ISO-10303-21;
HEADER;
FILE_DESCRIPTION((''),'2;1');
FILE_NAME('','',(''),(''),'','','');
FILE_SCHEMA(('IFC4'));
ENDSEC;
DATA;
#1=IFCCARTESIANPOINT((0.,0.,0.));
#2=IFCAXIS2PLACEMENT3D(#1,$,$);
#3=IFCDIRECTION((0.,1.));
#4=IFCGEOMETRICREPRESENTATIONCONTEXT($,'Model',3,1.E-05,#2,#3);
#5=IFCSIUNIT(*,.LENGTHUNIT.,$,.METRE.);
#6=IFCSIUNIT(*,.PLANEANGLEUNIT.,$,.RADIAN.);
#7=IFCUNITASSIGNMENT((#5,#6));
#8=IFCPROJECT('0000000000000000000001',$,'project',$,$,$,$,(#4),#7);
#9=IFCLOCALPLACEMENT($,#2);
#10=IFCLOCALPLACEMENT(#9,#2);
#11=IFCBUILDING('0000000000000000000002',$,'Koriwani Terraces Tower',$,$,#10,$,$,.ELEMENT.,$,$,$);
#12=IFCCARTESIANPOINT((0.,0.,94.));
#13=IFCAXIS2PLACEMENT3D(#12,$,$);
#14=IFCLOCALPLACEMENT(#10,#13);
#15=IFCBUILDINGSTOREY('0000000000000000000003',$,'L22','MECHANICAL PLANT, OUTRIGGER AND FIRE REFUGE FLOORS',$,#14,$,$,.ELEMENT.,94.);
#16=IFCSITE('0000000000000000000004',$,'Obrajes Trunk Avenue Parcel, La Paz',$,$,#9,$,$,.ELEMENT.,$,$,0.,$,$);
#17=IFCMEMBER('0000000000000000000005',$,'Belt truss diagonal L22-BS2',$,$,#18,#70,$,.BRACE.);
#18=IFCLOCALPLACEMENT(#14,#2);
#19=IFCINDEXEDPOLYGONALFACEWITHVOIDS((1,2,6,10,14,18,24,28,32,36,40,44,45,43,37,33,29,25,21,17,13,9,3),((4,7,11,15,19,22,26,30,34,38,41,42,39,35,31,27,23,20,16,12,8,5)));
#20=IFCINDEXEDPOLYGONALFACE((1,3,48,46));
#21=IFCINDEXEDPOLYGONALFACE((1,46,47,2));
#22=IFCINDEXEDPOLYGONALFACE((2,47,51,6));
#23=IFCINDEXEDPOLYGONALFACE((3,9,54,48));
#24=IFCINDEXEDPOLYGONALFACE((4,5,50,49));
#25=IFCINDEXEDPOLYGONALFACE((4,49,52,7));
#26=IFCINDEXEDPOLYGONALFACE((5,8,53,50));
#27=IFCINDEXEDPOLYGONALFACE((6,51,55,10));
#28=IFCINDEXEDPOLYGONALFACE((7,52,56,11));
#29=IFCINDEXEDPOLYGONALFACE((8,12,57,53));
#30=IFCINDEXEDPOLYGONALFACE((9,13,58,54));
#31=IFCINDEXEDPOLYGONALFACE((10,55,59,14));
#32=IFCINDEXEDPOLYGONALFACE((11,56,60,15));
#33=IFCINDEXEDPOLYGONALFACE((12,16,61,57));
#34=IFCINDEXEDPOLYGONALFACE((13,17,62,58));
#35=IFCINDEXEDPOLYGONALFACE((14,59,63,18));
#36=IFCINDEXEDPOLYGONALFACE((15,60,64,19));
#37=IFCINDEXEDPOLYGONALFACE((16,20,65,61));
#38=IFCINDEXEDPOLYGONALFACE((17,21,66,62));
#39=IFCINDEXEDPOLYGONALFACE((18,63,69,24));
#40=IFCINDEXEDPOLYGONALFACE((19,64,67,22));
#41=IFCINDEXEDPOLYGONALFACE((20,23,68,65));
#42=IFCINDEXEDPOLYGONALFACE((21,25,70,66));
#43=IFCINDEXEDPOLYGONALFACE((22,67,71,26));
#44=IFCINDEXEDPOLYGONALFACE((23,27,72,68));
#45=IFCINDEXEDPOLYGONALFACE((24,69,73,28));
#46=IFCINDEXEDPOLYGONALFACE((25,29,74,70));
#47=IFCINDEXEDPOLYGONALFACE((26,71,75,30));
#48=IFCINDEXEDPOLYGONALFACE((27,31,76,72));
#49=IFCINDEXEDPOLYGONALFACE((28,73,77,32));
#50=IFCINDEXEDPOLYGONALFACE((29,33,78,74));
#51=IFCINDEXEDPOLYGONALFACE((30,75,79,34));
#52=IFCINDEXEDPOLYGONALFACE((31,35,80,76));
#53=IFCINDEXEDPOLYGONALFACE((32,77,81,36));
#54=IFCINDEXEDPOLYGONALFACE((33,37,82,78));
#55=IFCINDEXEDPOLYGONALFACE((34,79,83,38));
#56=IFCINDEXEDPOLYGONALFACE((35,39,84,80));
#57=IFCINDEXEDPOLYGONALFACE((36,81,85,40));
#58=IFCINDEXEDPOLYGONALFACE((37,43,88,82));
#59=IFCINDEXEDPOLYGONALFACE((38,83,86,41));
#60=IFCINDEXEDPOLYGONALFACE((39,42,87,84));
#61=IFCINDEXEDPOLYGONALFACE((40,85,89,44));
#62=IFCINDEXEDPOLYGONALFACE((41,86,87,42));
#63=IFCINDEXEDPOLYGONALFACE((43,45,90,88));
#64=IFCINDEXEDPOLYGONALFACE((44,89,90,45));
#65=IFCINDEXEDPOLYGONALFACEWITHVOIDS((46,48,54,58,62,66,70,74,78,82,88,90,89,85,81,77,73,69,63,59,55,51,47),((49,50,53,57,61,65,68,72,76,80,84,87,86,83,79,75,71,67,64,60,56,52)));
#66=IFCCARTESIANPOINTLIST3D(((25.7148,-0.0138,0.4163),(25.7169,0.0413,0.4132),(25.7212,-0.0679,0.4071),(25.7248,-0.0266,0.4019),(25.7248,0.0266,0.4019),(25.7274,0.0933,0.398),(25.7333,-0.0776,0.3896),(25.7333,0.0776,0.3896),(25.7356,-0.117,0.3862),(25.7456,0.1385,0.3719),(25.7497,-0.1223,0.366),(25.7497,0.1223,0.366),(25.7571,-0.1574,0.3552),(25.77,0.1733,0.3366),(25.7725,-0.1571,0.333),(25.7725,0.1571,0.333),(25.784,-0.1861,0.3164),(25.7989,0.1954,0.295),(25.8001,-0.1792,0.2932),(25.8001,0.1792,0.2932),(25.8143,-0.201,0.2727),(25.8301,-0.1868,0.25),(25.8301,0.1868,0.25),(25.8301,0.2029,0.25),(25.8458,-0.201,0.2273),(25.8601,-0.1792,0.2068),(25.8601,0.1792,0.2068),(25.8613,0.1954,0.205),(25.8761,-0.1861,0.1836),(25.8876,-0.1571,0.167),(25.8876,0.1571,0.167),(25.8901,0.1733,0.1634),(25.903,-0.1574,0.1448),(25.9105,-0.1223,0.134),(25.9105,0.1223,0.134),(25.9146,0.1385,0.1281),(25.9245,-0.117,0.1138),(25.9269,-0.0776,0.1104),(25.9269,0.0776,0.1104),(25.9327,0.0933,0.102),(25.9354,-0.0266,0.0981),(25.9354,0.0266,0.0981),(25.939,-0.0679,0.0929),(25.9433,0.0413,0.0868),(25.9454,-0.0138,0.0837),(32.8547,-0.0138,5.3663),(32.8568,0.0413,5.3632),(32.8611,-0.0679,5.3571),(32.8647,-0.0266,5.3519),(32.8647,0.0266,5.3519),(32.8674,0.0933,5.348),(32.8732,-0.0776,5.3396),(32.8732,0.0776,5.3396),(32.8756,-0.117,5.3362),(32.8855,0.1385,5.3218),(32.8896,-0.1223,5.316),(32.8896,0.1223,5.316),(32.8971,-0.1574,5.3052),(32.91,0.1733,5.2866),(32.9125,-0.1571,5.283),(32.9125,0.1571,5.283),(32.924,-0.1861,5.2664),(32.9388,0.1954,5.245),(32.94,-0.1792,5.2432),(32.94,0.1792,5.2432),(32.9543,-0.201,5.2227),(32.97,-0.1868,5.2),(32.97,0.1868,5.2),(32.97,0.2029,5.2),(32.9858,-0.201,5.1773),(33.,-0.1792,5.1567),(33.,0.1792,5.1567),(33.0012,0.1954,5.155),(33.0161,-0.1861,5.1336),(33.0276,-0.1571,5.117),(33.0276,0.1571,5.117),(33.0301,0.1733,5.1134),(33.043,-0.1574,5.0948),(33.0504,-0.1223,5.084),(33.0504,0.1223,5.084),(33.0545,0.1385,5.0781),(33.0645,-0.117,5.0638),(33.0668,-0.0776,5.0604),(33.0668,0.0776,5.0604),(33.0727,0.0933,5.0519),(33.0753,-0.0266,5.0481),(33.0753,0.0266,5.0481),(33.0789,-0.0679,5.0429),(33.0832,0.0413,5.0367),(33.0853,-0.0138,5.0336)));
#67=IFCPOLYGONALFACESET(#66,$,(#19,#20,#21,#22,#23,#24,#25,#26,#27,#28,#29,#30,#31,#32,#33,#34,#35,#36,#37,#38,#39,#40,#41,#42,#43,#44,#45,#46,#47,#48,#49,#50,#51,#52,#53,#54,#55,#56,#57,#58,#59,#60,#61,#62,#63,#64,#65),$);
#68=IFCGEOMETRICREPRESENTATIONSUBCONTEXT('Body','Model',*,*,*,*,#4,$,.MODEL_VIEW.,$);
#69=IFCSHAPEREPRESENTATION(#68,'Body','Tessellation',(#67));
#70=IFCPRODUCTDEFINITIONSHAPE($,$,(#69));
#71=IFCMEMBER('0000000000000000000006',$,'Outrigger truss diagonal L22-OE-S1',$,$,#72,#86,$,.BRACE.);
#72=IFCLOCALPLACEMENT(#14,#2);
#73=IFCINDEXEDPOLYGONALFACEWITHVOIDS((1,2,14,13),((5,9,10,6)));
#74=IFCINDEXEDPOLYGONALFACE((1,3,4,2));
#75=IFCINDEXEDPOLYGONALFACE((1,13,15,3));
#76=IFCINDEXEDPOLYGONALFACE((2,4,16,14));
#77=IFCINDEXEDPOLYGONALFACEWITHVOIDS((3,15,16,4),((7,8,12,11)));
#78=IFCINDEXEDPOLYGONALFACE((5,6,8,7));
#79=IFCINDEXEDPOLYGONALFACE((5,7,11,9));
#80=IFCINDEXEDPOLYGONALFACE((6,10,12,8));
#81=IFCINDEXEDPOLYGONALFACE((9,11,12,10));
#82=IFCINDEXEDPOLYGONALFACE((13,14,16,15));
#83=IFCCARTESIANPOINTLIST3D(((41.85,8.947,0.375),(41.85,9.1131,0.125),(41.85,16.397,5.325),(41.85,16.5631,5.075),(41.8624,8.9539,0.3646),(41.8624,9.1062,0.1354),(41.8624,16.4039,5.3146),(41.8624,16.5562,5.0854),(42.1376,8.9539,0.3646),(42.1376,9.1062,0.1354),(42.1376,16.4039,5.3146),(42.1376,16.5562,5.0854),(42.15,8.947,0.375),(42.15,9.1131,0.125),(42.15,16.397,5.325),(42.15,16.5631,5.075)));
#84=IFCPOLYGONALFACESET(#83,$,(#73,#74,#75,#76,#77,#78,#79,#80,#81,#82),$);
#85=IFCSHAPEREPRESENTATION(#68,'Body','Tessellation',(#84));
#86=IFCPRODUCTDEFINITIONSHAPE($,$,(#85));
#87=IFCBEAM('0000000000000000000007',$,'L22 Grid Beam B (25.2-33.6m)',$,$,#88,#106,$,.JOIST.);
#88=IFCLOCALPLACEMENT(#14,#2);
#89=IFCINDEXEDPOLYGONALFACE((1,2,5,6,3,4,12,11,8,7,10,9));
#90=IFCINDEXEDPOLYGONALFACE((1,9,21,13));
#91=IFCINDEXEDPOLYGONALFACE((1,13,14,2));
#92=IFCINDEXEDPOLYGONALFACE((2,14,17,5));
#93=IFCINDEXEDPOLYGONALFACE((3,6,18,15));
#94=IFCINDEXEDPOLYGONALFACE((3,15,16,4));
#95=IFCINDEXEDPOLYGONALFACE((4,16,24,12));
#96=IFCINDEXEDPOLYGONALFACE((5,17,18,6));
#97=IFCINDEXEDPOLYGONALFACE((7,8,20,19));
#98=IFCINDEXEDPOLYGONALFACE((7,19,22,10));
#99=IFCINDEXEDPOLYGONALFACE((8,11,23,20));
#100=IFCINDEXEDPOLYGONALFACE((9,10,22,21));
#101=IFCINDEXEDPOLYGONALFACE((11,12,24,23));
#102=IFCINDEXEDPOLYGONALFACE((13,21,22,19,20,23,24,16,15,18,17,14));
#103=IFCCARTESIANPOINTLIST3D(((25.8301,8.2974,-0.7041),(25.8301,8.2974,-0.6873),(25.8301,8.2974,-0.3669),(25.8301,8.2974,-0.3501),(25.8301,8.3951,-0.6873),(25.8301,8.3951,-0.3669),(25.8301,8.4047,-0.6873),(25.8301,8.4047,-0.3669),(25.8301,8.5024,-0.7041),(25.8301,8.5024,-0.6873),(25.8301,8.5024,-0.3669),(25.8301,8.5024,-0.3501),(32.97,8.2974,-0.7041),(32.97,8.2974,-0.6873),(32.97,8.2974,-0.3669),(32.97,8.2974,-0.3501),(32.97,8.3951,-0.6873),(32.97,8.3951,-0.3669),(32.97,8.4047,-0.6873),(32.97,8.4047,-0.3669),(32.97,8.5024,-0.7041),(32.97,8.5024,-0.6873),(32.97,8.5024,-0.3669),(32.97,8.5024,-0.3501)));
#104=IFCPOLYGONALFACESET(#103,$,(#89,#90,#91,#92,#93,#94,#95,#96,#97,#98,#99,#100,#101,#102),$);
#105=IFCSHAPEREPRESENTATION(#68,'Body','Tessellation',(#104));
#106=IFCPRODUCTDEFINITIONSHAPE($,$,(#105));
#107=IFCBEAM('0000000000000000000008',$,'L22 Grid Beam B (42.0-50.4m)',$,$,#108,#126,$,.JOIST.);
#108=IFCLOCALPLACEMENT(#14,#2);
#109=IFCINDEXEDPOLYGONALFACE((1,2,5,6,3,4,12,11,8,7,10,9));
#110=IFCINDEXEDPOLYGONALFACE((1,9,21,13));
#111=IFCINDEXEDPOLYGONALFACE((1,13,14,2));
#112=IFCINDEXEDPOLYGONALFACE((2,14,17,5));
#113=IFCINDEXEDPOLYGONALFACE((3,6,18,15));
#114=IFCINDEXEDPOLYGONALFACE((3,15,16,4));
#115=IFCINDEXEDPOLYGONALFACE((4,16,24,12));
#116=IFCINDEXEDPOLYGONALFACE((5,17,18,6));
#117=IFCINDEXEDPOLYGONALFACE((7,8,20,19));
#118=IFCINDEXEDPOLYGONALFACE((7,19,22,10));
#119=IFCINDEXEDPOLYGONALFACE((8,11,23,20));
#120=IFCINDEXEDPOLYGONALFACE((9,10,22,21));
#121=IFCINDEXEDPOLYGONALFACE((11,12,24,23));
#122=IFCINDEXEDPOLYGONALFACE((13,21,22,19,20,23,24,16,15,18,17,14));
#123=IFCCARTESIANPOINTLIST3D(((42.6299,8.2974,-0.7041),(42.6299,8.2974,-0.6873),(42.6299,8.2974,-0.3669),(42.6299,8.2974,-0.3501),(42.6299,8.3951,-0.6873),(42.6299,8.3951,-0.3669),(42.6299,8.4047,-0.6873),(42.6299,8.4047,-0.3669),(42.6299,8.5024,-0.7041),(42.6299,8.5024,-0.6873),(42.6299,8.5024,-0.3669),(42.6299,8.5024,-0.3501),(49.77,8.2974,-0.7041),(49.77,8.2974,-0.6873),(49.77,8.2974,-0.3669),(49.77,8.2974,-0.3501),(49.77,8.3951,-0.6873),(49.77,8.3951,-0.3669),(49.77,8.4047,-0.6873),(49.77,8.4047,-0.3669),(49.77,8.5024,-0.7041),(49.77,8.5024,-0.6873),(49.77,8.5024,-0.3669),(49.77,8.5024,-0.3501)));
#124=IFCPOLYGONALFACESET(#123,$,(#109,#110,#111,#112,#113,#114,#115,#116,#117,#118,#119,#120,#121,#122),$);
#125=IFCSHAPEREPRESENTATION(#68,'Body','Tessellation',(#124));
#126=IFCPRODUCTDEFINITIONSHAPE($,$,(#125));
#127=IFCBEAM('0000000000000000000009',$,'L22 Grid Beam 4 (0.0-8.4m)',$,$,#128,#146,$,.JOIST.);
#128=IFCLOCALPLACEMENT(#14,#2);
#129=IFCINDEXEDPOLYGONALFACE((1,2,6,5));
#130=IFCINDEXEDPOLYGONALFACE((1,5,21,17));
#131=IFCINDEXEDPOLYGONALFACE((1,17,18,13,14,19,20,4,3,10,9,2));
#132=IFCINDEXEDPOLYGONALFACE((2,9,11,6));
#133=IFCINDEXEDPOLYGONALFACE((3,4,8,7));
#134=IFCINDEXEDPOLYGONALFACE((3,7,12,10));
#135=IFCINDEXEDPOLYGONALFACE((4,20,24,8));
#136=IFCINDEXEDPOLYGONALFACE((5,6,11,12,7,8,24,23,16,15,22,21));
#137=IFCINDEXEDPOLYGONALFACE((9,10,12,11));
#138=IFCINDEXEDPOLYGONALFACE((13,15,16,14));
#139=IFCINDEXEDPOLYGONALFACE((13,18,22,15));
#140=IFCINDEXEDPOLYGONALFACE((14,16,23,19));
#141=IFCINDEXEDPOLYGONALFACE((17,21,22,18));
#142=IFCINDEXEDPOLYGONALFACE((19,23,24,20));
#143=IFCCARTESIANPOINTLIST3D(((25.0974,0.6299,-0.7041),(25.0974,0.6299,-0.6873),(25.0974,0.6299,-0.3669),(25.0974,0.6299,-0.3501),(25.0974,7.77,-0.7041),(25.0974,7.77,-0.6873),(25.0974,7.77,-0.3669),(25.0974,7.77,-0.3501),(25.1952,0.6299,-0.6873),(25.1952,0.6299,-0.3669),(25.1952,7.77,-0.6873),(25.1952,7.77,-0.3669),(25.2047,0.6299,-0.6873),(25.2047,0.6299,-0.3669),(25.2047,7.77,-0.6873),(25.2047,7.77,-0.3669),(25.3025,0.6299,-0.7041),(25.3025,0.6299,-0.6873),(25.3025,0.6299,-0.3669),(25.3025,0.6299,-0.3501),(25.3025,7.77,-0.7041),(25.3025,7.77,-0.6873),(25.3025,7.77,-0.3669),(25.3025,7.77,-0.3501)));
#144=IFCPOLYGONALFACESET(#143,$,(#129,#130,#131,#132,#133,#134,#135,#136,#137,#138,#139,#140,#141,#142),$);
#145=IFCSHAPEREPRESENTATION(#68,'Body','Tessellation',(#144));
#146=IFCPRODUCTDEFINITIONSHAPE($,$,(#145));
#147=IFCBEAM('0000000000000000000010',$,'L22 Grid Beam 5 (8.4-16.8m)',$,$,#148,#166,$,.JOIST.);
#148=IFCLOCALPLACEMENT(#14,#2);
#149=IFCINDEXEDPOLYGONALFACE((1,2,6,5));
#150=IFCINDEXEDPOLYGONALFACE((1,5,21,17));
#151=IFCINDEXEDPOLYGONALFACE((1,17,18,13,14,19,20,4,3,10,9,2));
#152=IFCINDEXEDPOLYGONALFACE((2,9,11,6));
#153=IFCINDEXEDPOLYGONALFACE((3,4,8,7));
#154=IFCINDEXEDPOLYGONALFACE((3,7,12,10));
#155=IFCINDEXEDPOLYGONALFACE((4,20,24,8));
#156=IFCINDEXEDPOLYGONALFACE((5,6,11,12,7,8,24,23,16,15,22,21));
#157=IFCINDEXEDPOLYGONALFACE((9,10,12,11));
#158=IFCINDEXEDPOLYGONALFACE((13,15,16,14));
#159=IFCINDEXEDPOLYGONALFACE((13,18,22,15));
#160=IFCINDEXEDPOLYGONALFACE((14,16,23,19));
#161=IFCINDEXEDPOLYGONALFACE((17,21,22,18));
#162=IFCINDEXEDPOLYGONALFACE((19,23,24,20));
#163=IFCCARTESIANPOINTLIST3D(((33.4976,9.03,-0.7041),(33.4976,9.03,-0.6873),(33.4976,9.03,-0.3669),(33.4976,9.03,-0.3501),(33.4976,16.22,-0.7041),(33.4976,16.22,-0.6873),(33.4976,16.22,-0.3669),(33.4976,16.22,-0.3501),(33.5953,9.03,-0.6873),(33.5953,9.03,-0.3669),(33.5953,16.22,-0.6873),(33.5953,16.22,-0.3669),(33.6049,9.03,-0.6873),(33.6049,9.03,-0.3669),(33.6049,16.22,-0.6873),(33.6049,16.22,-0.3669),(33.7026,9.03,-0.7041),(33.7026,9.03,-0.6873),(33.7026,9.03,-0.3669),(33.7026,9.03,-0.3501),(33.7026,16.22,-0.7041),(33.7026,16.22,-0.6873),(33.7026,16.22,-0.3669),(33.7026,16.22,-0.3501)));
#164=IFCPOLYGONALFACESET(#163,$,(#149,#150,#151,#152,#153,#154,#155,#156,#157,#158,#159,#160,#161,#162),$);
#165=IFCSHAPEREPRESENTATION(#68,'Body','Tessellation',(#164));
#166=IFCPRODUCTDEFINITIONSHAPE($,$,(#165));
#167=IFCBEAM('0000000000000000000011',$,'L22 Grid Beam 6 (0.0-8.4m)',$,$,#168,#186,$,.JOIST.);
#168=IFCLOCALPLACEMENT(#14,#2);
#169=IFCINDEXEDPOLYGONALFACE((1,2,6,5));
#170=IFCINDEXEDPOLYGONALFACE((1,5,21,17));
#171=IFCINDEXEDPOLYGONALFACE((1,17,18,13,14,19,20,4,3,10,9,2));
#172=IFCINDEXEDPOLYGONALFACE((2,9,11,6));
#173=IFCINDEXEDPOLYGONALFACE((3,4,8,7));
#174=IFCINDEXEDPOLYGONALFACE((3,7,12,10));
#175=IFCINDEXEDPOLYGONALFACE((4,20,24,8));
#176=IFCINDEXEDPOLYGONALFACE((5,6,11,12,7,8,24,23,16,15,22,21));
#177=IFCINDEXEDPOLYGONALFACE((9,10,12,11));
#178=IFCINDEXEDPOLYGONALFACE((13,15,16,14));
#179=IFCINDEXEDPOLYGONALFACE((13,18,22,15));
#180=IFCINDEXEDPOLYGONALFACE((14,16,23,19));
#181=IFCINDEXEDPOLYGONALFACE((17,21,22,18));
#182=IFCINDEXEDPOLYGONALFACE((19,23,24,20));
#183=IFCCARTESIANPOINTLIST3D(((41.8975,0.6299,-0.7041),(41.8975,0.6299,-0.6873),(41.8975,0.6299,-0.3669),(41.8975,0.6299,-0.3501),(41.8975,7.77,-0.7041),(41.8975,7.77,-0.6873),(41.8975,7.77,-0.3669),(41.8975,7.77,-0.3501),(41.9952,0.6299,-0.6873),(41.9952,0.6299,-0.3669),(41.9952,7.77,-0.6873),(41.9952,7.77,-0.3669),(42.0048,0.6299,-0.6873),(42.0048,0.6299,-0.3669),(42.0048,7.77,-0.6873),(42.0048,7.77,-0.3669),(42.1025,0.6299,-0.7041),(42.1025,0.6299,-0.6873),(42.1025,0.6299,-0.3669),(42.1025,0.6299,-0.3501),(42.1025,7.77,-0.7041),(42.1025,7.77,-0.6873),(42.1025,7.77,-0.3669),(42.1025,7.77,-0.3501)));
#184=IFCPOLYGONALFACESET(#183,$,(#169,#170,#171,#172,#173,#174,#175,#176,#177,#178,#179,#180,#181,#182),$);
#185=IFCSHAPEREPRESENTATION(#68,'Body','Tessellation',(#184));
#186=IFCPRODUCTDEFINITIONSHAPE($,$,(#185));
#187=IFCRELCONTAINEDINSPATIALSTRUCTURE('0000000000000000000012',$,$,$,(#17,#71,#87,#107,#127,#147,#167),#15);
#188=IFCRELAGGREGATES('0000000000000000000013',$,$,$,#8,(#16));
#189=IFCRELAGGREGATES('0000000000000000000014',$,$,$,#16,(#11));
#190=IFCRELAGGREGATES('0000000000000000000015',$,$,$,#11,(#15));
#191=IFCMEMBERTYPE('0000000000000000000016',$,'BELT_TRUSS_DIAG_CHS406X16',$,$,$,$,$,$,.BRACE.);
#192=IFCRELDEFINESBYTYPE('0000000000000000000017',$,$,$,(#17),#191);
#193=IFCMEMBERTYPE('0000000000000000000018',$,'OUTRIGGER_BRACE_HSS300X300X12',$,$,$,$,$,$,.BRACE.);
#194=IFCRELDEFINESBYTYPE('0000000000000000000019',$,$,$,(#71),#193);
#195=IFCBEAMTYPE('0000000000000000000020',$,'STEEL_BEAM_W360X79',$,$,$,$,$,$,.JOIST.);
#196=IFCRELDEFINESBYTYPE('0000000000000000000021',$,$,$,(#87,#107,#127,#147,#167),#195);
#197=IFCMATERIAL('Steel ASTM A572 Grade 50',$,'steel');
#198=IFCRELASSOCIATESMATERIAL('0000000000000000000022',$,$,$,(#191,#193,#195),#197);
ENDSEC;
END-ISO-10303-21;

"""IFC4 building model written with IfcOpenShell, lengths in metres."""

from ifc_helpers import new_model, si_unit, direction, frame, origin, origin_2d, place, context, subcontext, project, spatial, hollow_rectangle, hollow_circle, i_section, extrude, material, material_profile, profile_set, type_object, element, save


model = new_model("IFC4")

# Units and contexts
model_context = context("Model", 3, precision=1e-05, world=origin(), true_north=direction((0.0, 1.0)))
body_context = subcontext(model_context, "Body", "Model", "MODEL_VIEW")
ifc_project = project(units=[si_unit("LENGTHUNIT", "METRE"), si_unit("PLANEANGLEUNIT", "RADIAN")], contexts=[model_context])

# Site, building, storey
site_placement = place(None, origin())
site = spatial("IfcSite", under=ifc_project, at=site_placement, Name="Obrajes Trunk Avenue Parcel, La Paz", CompositionType="ELEMENT", RefElevation=0.0)
building_placement = place(site_placement, origin())
building = spatial("IfcBuilding", under=site, at=building_placement, Name="Koriwani Terraces Tower", CompositionType="ELEMENT")
storey_placement = place(building_placement, frame((0.0, 0.0, 94.0)))
storey = spatial("IfcBuildingStorey", under=building, at=storey_placement, Name="L22", Description="MECHANICAL PLANT, OUTRIGGER AND FIRE REFUGE FLOORS", CompositionType="ELEMENT", Elevation=94.0)

# Members
ifc_material_1 = material(Name="Steel ASTM A572 Grade 50", Category="steel")
ifc_material_profile_1 = material_profile(ifc_material_1, hollow_circle(Radius=0.2029, WallThickness=0.0161, at=origin_2d()), Name="Steel ASTM A572 Grade 50", Category="LoadBearing")
ifc_profile_set_1 = profile_set([ifc_material_profile_1], Name="Steel ASTM A572 Grade 50")
member_type_1 = type_object("IfcMemberType", Name="BELT_TRUSS_DIAG_CHS406X16", PredefinedType="BRACE", material=ifc_profile_set_1)
member_1_placement = place(storey_placement, frame((25.8301, 0.0, 0.25), z_axis=(0.821818, 0.0, 0.569751), x_axis=(0.0, 1.0, 0.0)))
element("IfcMember", 1, at=member_1_placement, inside=storey, type_object=member_type_1, Name="Belt truss diagonal L22-BS2", PredefinedType="BRACE", context=body_context, shape_type="SweptSolid", body=[
    extrude(hollow_circle(Radius=0.2029, WallThickness=0.0161, at=origin_2d()), origin(), (0.0, 0.0, 1.0), 8.688),
])
ifc_material_profile_2 = material_profile(ifc_material_1, hollow_rectangle(XDim=0.3, YDim=0.3, WallThickness=0.0125, at=origin_2d()), Name="Steel ASTM A572 Grade 50", Category="LoadBearing")
ifc_profile_set_2 = profile_set([ifc_material_profile_2], Name="Steel ASTM A572 Grade 50")
member_type_2 = type_object("IfcMemberType", Name="OUTRIGGER_BRACE_HSS300X300X12", PredefinedType="BRACE", material=ifc_profile_set_2)
member_2_placement = place(storey_placement, frame((42.0, 9.03, 0.25), z_axis=(0.0, 0.83291, 0.553408), x_axis=(-1.0, 0.0, 0.0)))
element("IfcMember", 2, at=member_2_placement, inside=storey, type_object=member_type_2, Name="Outrigger truss diagonal L22-OE-S1", PredefinedType="BRACE", context=body_context, shape_type="SweptSolid", body=[
    extrude(hollow_rectangle(XDim=0.3, YDim=0.3, WallThickness=0.0125, at=origin_2d()), origin(), (0.0, 0.0, 1.0), 8.9446),
])

# Beams
ifc_material_profile_3 = material_profile(ifc_material_1, i_section(OverallWidth=0.2051, OverallDepth=0.354, WebThickness=0.0095, FlangeThickness=0.0168, at=origin_2d()), Name="Steel ASTM A572 Grade 50", Category="LoadBearing")
ifc_profile_set_3 = profile_set([ifc_material_profile_3], Name="Steel ASTM A572 Grade 50")
beam_type_1 = type_object("IfcBeamType", Name="STEEL_BEAM_W360X79", PredefinedType="JOIST", material=ifc_profile_set_3)
beam_1_placement = place(storey_placement, frame((25.8301, 8.3999, -0.5271), z_axis=(1.0, 0.0, 0.0), x_axis=(0.0, 1.0, 0.0)))
element("IfcBeam", 3, at=beam_1_placement, inside=storey, type_object=beam_type_1, Name="L22 Grid Beam B (25.2-33.6m)", PredefinedType="JOIST", context=body_context, shape_type="SweptSolid", body=[
    extrude(i_section(OverallWidth=0.2051, OverallDepth=0.354, WebThickness=0.0095, FlangeThickness=0.0168, at=origin_2d()), origin(), (0.0, 0.0, 1.0), 7.1399),
])
for number, where, z_axis, x_axis, name in (
    (4, (42.6299, 8.3999, -0.5271), (1.0, 0.0, 0.0), (0.0, 1.0, 0.0), "L22 Grid Beam B (42.0-50.4m)"),
    (5, (25.2, 0.6299, -0.5271), (0.0, 1.0, 0.0), (-1.0, 0.0, 0.0), "L22 Grid Beam 4 (0.0-8.4m)"),
):
    element("IfcBeam", number, at=place(storey_placement, frame(where, z_axis=z_axis, x_axis=x_axis)), inside=storey, type_object=beam_type_1, Name=name, PredefinedType="JOIST", context=body_context, shape_type="SweptSolid", body=[
        extrude(i_section(OverallWidth=0.2051, OverallDepth=0.354, WebThickness=0.0095, FlangeThickness=0.0168, at=origin_2d()), origin(), (0.0, 0.0, 1.0), 7.1401),
    ])
beam_2_placement = place(storey_placement, frame((33.6001, 9.03, -0.5271), z_axis=(0.0, 1.0, 0.0), x_axis=(-1.0, 0.0, 0.0)))
element("IfcBeam", 6, at=beam_2_placement, inside=storey, type_object=beam_type_1, Name="L22 Grid Beam 5 (8.4-16.8m)", PredefinedType="JOIST", context=body_context, shape_type="SweptSolid", body=[
    extrude(i_section(OverallWidth=0.2051, OverallDepth=0.354, WebThickness=0.0095, FlangeThickness=0.0168, at=origin_2d()), origin(), (0.0, 0.0, 1.0), 7.1899),
])
beam_3_placement = place(storey_placement, frame((42.0, 0.6299, -0.5271), z_axis=(0.0, 1.0, 0.0), x_axis=(-1.0, 0.0, 0.0)))
element("IfcBeam", 7, at=beam_3_placement, inside=storey, type_object=beam_type_1, Name="L22 Grid Beam 6 (0.0-8.4m)", PredefinedType="JOIST", context=body_context, shape_type="SweptSolid", body=[
    extrude(i_section(OverallWidth=0.2051, OverallDepth=0.354, WebThickness=0.0095, FlangeThickness=0.0168, at=origin_2d()), origin(), (0.0, 0.0, 1.0), 7.1401),
])

save(model, "model.ifc")
